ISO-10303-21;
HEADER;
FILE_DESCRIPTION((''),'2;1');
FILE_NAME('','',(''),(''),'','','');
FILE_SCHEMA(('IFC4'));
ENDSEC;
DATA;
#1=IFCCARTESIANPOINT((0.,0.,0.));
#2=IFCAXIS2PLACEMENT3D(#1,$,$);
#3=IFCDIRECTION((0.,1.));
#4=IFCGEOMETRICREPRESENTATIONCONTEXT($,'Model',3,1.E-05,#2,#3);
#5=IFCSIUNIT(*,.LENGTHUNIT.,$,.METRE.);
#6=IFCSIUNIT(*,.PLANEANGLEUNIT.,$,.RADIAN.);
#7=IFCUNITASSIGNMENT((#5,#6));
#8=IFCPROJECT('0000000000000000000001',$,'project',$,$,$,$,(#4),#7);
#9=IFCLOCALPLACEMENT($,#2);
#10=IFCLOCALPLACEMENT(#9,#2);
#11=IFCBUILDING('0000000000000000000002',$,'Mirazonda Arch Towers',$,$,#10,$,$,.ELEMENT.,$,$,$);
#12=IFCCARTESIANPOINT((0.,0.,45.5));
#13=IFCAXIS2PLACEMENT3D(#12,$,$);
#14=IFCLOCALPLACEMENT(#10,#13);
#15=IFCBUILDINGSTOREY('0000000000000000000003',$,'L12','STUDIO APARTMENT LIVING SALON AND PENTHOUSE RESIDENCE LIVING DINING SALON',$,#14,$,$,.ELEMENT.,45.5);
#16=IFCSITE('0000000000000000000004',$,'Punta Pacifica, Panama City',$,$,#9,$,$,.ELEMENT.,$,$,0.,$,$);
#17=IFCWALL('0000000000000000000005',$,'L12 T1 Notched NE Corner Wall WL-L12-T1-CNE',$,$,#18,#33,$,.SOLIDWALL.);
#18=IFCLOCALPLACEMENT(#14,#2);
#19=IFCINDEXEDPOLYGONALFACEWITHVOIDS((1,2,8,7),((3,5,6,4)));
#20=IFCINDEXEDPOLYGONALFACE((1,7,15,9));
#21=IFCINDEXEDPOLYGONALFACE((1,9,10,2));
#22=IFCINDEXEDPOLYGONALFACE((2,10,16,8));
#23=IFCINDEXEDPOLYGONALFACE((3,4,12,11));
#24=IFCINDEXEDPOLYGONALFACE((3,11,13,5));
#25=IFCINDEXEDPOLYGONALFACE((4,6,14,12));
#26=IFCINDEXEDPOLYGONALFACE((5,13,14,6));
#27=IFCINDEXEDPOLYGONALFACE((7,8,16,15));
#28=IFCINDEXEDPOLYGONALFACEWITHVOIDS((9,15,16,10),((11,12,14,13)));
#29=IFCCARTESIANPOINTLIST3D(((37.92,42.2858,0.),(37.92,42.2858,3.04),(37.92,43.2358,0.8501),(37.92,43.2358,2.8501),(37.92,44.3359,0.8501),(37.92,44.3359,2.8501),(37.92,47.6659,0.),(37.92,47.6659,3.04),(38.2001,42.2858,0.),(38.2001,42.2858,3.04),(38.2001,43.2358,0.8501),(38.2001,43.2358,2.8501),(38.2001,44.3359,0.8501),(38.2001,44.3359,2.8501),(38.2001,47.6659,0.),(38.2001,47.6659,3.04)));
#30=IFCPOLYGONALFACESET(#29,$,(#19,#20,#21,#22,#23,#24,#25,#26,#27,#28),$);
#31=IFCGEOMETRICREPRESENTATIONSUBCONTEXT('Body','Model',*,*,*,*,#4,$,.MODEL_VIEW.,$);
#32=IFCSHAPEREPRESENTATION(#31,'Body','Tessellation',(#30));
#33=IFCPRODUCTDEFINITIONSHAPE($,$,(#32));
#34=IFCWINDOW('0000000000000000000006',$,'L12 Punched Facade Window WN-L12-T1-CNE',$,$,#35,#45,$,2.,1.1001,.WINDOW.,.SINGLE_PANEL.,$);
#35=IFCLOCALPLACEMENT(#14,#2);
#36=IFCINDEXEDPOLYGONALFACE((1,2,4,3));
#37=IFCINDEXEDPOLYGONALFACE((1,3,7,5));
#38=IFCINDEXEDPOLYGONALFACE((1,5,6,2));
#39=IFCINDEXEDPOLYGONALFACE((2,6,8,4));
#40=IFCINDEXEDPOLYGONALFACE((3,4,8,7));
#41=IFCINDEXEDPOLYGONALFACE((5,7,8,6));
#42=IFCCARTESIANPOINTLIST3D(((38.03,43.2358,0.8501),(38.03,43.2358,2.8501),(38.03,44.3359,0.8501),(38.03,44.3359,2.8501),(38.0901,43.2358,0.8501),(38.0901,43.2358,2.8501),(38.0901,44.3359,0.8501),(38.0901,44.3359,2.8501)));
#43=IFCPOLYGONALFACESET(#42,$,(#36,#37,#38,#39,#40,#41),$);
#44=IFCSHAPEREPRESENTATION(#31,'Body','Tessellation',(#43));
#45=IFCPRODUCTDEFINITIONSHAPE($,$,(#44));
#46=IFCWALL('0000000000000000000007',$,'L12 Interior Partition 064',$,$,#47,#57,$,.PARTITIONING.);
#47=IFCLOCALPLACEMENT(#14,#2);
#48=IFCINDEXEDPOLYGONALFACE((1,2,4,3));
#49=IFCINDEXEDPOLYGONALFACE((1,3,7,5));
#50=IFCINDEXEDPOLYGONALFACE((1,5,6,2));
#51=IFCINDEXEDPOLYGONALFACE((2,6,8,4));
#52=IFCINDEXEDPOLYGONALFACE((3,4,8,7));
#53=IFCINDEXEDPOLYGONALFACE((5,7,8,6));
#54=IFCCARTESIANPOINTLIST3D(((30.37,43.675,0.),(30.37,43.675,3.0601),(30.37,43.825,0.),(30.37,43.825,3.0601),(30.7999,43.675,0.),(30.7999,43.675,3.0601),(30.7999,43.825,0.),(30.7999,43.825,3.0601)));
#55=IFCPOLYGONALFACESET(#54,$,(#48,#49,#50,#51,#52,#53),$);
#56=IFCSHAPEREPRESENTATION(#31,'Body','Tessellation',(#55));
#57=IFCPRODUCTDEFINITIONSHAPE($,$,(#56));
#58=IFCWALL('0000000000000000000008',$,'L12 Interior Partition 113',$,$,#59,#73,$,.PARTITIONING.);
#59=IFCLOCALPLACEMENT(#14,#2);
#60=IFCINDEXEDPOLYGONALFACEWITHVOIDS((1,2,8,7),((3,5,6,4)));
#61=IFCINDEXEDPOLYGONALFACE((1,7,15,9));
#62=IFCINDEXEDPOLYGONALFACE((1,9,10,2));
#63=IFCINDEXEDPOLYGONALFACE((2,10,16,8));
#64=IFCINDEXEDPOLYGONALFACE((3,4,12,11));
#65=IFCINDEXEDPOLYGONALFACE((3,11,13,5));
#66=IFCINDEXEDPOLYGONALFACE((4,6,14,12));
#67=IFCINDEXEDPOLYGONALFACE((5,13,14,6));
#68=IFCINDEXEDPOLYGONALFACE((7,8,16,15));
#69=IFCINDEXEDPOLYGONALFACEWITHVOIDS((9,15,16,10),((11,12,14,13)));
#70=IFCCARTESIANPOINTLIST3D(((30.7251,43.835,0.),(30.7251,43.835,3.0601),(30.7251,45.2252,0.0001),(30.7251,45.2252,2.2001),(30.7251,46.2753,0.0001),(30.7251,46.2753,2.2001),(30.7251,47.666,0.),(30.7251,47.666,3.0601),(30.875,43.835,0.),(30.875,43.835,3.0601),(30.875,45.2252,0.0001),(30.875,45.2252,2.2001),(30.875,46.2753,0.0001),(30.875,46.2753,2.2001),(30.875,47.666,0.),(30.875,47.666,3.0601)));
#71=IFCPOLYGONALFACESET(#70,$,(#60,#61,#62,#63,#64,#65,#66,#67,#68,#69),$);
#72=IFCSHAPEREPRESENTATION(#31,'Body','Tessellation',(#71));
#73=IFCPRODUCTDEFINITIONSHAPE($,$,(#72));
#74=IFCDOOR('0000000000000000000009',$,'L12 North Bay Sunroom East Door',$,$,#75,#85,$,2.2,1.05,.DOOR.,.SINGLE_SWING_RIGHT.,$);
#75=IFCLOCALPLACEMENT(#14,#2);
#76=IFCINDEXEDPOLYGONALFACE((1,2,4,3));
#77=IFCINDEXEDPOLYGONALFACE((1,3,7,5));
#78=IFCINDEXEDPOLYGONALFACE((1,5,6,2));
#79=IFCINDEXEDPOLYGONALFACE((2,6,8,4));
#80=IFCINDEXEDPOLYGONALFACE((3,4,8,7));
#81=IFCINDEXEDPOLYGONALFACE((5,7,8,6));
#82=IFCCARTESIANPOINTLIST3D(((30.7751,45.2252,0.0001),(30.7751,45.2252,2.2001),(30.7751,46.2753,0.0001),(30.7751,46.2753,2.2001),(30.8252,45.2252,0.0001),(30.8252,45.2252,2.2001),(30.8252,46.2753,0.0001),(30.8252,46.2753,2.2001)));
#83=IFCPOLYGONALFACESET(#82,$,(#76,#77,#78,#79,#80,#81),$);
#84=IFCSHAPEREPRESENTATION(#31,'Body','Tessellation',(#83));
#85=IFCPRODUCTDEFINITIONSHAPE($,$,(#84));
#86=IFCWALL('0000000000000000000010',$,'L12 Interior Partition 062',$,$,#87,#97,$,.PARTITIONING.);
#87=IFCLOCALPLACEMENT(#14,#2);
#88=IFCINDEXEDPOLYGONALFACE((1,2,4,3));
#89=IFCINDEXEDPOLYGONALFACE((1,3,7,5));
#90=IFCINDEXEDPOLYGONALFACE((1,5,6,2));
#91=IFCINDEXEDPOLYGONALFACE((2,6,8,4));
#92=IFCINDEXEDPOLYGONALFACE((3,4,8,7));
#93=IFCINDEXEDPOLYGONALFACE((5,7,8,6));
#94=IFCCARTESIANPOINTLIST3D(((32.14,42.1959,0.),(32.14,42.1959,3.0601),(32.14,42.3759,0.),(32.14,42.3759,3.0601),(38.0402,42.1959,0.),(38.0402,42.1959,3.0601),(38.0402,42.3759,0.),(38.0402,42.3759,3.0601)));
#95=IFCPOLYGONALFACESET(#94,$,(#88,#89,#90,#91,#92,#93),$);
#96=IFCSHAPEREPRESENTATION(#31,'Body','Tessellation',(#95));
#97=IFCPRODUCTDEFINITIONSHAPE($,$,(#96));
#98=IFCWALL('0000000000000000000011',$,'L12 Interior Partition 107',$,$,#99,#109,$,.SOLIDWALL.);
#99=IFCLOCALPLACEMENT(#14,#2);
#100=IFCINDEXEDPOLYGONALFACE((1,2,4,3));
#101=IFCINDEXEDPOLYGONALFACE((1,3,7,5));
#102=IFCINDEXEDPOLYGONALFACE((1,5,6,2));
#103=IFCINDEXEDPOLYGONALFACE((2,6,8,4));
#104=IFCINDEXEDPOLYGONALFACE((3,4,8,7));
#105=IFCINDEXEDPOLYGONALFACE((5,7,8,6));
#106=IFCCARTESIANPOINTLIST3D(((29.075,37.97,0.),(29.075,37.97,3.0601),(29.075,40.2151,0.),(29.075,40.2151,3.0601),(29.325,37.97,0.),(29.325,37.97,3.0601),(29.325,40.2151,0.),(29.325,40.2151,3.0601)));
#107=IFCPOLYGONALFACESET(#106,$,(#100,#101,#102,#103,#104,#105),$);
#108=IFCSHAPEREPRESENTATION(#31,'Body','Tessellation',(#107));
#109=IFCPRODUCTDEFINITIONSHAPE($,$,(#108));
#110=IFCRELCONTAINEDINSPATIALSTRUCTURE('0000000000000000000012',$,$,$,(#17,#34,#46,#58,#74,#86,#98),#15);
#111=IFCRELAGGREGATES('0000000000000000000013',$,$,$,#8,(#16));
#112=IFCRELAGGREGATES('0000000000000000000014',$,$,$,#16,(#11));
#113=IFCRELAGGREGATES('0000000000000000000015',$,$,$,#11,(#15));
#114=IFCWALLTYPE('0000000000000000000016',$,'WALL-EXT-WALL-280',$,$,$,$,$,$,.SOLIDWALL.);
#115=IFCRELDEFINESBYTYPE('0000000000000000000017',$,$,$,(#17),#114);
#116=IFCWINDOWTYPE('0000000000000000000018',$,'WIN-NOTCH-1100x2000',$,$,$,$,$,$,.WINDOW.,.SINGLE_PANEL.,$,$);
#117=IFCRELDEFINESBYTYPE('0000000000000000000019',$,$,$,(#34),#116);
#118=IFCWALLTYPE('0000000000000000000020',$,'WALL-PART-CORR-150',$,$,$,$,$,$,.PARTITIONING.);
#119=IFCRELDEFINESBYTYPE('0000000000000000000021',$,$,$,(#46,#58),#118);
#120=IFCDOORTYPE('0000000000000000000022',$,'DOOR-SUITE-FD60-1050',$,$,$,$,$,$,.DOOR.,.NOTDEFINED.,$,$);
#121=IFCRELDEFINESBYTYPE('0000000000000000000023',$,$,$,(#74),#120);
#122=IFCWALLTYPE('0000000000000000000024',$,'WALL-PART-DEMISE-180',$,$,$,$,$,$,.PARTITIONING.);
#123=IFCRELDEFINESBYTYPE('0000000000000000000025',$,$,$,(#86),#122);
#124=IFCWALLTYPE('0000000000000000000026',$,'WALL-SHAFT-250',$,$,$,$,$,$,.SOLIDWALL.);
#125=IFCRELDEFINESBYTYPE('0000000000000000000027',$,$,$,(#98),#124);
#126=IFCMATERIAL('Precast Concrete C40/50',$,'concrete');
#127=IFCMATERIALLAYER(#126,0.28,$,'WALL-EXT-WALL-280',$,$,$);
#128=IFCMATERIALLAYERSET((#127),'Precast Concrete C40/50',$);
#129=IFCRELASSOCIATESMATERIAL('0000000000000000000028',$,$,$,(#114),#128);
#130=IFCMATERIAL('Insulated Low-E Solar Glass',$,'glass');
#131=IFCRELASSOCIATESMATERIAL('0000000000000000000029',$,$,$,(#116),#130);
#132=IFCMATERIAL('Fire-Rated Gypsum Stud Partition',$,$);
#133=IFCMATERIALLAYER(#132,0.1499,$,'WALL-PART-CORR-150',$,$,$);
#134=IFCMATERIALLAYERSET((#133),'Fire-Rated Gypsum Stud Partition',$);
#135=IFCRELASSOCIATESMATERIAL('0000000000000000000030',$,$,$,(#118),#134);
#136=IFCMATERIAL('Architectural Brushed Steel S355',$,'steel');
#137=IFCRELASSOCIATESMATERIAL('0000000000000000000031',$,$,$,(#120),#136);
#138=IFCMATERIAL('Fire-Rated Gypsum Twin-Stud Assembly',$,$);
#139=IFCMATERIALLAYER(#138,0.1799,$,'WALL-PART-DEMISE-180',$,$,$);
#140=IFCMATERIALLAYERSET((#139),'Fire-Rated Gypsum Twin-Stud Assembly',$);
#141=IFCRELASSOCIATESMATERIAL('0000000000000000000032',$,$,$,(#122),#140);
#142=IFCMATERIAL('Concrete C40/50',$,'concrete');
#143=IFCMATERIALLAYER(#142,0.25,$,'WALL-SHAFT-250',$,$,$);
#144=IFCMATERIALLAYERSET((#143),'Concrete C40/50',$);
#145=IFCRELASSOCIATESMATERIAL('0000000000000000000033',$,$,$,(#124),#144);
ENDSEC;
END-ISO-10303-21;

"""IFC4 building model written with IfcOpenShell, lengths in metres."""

from ifc_helpers import new_model, si_unit, direction, frame, frame_2d, origin, place, context, subcontext, project, spatial, rectangle, extrude, material, layer, layer_set, type_object, element, fill, save


model = new_model("IFC4")

# Units and contexts
model_context = context("Model", 3, precision=1e-05, world=origin(), true_north=direction((0.0, 1.0)))
body_context = subcontext(model_context, "Body", "Model", "MODEL_VIEW")
ifc_project = project(units=[si_unit("LENGTHUNIT", "METRE"), si_unit("PLANEANGLEUNIT", "RADIAN")], contexts=[model_context])

# Site, building, storey
site_placement = place(None, origin())
site = spatial("IfcSite", under=ifc_project, at=site_placement, Name="Punta Pacifica, Panama City", CompositionType="ELEMENT", RefElevation=0.0)
building_placement = place(site_placement, origin())
building = spatial("IfcBuilding", under=site, at=building_placement, Name="Mirazonda Arch Towers", CompositionType="ELEMENT")
storey_placement = place(building_placement, frame((0.0, 0.0, 45.5)))
storey = spatial("IfcBuildingStorey", under=building, at=storey_placement, Name="L12", Description="STUDIO APARTMENT LIVING SALON AND PENTHOUSE RESIDENCE LIVING DINING SALON", CompositionType="ELEMENT", Elevation=45.5)

# Shared definitions
ifc_material_1 = material(Name="Insulated Low-E Solar Glass", Category="glass")

# Wall, opening, window
ifc_material_2 = material(Name="Precast Concrete C40/50", Category="concrete")
ifc_layer_1 = layer(ifc_material_2, 0.28, Name="WALL-EXT-WALL-280")
ifc_layer_set_1 = layer_set([ifc_layer_1], Name="Precast Concrete C40/50")
wall_type_1 = type_object("IfcWallType", Name="WALL-EXT-WALL-280", PredefinedType="SOLIDWALL", material=ifc_layer_set_1)
wall_1_placement = place(storey_placement, frame((38.0601, 42.2859, 0.0), z_axis=(0.0, 0.0, 1.0), x_axis=(0.0, 1.0, 0.0)))
wall_1 = element("IfcWall", 1, at=wall_1_placement, inside=storey, type_object=wall_type_1, Name="L12 T1 Notched NE Corner Wall WL-L12-T1-CNE", PredefinedType="SOLIDWALL", context=body_context, shape_type="SweptSolid", body=[
    extrude(rectangle(XDim=5.3801, YDim=0.28, at=frame_2d((2.6899, 0.0))), origin(), (0.0, 0.0, 1.0), 3.04),
])
opening_1_placement = place(wall_1_placement, frame((0.95, 0.0, 0.8501)))
opening_1 = element("IfcOpeningElement", 2, at=opening_1_placement, cuts=wall_1, PredefinedType="OPENING", context=body_context, shape_type="SweptSolid", body=[
    extrude(rectangle(XDim=1.1001, YDim=2.0, at=frame_2d((0.55, 1.0))), frame((0.0, 0.1499, 0.0), z_axis=(0.0, -1.0, 0.0), x_axis=(1.0, 0.0, 0.0)), (0.0, 0.0, 1.0), 0.3),
])
window_type = type_object("IfcWindowType", Name="WIN-NOTCH-1100x2000", PartitioningType="SINGLE_PANEL", PredefinedType="WINDOW", material=ifc_material_1)
window_placement = place(opening_1_placement, origin())
window = element("IfcWindow", 3, at=window_placement, inside=storey, type_object=window_type, Name="L12 Punched Facade Window WN-L12-T1-CNE", OverallHeight=2.0, OverallWidth=1.1001, PartitioningType="SINGLE_PANEL", PredefinedType="WINDOW", context=body_context, shape_type="SweptSolid", body=[
    extrude(rectangle(XDim=1.1001, YDim=2.0, at=frame_2d((0.55, 1.0))), frame((0.0, 0.03, 0.0), z_axis=(0.0, -1.0, 0.0), x_axis=(1.0, 0.0, 0.0)), (0.0, 0.0, 1.0), 0.0601),
])
fill(opening_1, window)

# Wall
ifc_material_3 = material(Name="Fire-Rated Gypsum Stud Partition")
ifc_layer_2 = layer(ifc_material_3, 0.1499, Name="WALL-PART-CORR-150")
ifc_layer_set_2 = layer_set([ifc_layer_2], Name="Fire-Rated Gypsum Stud Partition")
wall_type_2 = type_object("IfcWallType", Name="WALL-PART-CORR-150", PredefinedType="PARTITIONING", material=ifc_layer_set_2)
wall_2_placement = place(storey_placement, frame((30.3701, 43.75, 0.0), z_axis=(0.0, 0.0, 1.0), x_axis=(1.0, 0.0, 0.0)))
element("IfcWall", 4, at=wall_2_placement, inside=storey, type_object=wall_type_2, Name="L12 Interior Partition 064", PredefinedType="PARTITIONING", context=body_context, shape_type="SweptSolid", body=[
    extrude(rectangle(XDim=0.4299, YDim=0.1499, at=frame_2d((0.2148, 0.0))), origin(), (0.0, 0.0, 1.0), 3.0601),
])

# Wall, opening, door
wall_3_placement = place(storey_placement, frame((30.8, 43.835, 0.0), z_axis=(0.0, 0.0, 1.0), x_axis=(0.0, 1.0, 0.0)))
wall_3 = element("IfcWall", 5, at=wall_3_placement, inside=storey, type_object=wall_type_2, Name="L12 Interior Partition 113", PredefinedType="PARTITIONING", context=body_context, shape_type="SweptSolid", body=[
    extrude(rectangle(XDim=3.8311, YDim=0.1499, at=frame_2d((1.9155, 0.0))), origin(), (0.0, 0.0, 1.0), 3.0601),
])
opening_2_placement = place(wall_3_placement, frame((1.3904, 0.0, 0.0)))
opening_2 = element("IfcOpeningElement", 6, at=opening_2_placement, cuts=wall_3, PredefinedType="OPENING", context=body_context, shape_type="SweptSolid", body=[
    extrude(rectangle(XDim=1.05, YDim=2.2, at=frame_2d((0.5249, 1.1001))), frame((0.0, 0.085, 0.0), z_axis=(0.0, -1.0, 0.0), x_axis=(1.0, 0.0, 0.0)), (0.0, 0.0, 1.0), 0.1699),
])
ifc_material_4 = material(Name="Architectural Brushed Steel S355", Category="steel")
door_type_1 = type_object("IfcDoorType", Name="DOOR-SUITE-FD60-1050", OperationType="NOTDEFINED", PredefinedType="DOOR", material=ifc_material_4)
door_1_placement = place(opening_2_placement, origin())
door_1 = element("IfcDoor", 7, at=door_1_placement, inside=storey, type_object=door_type_1, Name="L12 North Bay Sunroom East Door", OperationType="SINGLE_SWING_RIGHT", OverallHeight=2.2, OverallWidth=1.05, PredefinedType="DOOR", context=body_context, shape_type="SweptSolid", body=[
    extrude(rectangle(XDim=1.05, YDim=2.2, at=frame_2d((0.5249, 1.1001))), frame((0.0, 0.0249, 0.0), z_axis=(0.0, -1.0, 0.0), x_axis=(1.0, 0.0, 0.0)), (0.0, 0.0, 1.0), 0.05),
])
fill(opening_2, door_1)

# Wall
ifc_material_5 = material(Name="Fire-Rated Gypsum Twin-Stud Assembly")
ifc_layer_3 = layer(ifc_material_5, 0.1799, Name="WALL-PART-DEMISE-180")
ifc_layer_set_3 = layer_set([ifc_layer_3], Name="Fire-Rated Gypsum Twin-Stud Assembly")
wall_type_3 = type_object("IfcWallType", Name="WALL-PART-DEMISE-180", PredefinedType="PARTITIONING", material=ifc_layer_set_3)
wall_4_placement = place(storey_placement, frame((32.1399, 42.2859, 0.0), z_axis=(0.0, 0.0, 1.0), x_axis=(1.0, 0.0, 0.0)))
element("IfcWall", 8, at=wall_4_placement, inside=storey, type_object=wall_type_3, Name="L12 Interior Partition 062", PredefinedType="PARTITIONING", context=body_context, shape_type="SweptSolid", body=[
    extrude(rectangle(XDim=5.9001, YDim=0.1799, at=frame_2d((2.9502, 0.0))), origin(), (0.0, 0.0, 1.0), 3.0601),
])

# Wall
ifc_material_6 = material(Name="Concrete C40/50", Category="concrete")
ifc_layer_4 = layer(ifc_material_6, 0.25, Name="WALL-SHAFT-250")
ifc_layer_set_4 = layer_set([ifc_layer_4], Name="Concrete C40/50")
wall_type_4 = type_object("IfcWallType", Name="WALL-SHAFT-250", PredefinedType="SOLIDWALL", material=ifc_layer_set_4)
wall_5_placement = place(storey_placement, frame((29.2, 37.97, 0.0), z_axis=(0.0, 0.0, 1.0), x_axis=(0.0, 1.0, 0.0)))
element("IfcWall", 9, at=wall_5_placement, inside=storey, type_object=wall_type_4, Name="L12 Interior Partition 107", PredefinedType="SOLIDWALL", context=body_context, shape_type="SweptSolid", body=[
    extrude(rectangle(XDim=2.2451, YDim=0.25, at=frame_2d((1.1226, 0.0))), origin(), (0.0, 0.0, 1.0), 3.0601),
])

save(model, "model.ifc")
